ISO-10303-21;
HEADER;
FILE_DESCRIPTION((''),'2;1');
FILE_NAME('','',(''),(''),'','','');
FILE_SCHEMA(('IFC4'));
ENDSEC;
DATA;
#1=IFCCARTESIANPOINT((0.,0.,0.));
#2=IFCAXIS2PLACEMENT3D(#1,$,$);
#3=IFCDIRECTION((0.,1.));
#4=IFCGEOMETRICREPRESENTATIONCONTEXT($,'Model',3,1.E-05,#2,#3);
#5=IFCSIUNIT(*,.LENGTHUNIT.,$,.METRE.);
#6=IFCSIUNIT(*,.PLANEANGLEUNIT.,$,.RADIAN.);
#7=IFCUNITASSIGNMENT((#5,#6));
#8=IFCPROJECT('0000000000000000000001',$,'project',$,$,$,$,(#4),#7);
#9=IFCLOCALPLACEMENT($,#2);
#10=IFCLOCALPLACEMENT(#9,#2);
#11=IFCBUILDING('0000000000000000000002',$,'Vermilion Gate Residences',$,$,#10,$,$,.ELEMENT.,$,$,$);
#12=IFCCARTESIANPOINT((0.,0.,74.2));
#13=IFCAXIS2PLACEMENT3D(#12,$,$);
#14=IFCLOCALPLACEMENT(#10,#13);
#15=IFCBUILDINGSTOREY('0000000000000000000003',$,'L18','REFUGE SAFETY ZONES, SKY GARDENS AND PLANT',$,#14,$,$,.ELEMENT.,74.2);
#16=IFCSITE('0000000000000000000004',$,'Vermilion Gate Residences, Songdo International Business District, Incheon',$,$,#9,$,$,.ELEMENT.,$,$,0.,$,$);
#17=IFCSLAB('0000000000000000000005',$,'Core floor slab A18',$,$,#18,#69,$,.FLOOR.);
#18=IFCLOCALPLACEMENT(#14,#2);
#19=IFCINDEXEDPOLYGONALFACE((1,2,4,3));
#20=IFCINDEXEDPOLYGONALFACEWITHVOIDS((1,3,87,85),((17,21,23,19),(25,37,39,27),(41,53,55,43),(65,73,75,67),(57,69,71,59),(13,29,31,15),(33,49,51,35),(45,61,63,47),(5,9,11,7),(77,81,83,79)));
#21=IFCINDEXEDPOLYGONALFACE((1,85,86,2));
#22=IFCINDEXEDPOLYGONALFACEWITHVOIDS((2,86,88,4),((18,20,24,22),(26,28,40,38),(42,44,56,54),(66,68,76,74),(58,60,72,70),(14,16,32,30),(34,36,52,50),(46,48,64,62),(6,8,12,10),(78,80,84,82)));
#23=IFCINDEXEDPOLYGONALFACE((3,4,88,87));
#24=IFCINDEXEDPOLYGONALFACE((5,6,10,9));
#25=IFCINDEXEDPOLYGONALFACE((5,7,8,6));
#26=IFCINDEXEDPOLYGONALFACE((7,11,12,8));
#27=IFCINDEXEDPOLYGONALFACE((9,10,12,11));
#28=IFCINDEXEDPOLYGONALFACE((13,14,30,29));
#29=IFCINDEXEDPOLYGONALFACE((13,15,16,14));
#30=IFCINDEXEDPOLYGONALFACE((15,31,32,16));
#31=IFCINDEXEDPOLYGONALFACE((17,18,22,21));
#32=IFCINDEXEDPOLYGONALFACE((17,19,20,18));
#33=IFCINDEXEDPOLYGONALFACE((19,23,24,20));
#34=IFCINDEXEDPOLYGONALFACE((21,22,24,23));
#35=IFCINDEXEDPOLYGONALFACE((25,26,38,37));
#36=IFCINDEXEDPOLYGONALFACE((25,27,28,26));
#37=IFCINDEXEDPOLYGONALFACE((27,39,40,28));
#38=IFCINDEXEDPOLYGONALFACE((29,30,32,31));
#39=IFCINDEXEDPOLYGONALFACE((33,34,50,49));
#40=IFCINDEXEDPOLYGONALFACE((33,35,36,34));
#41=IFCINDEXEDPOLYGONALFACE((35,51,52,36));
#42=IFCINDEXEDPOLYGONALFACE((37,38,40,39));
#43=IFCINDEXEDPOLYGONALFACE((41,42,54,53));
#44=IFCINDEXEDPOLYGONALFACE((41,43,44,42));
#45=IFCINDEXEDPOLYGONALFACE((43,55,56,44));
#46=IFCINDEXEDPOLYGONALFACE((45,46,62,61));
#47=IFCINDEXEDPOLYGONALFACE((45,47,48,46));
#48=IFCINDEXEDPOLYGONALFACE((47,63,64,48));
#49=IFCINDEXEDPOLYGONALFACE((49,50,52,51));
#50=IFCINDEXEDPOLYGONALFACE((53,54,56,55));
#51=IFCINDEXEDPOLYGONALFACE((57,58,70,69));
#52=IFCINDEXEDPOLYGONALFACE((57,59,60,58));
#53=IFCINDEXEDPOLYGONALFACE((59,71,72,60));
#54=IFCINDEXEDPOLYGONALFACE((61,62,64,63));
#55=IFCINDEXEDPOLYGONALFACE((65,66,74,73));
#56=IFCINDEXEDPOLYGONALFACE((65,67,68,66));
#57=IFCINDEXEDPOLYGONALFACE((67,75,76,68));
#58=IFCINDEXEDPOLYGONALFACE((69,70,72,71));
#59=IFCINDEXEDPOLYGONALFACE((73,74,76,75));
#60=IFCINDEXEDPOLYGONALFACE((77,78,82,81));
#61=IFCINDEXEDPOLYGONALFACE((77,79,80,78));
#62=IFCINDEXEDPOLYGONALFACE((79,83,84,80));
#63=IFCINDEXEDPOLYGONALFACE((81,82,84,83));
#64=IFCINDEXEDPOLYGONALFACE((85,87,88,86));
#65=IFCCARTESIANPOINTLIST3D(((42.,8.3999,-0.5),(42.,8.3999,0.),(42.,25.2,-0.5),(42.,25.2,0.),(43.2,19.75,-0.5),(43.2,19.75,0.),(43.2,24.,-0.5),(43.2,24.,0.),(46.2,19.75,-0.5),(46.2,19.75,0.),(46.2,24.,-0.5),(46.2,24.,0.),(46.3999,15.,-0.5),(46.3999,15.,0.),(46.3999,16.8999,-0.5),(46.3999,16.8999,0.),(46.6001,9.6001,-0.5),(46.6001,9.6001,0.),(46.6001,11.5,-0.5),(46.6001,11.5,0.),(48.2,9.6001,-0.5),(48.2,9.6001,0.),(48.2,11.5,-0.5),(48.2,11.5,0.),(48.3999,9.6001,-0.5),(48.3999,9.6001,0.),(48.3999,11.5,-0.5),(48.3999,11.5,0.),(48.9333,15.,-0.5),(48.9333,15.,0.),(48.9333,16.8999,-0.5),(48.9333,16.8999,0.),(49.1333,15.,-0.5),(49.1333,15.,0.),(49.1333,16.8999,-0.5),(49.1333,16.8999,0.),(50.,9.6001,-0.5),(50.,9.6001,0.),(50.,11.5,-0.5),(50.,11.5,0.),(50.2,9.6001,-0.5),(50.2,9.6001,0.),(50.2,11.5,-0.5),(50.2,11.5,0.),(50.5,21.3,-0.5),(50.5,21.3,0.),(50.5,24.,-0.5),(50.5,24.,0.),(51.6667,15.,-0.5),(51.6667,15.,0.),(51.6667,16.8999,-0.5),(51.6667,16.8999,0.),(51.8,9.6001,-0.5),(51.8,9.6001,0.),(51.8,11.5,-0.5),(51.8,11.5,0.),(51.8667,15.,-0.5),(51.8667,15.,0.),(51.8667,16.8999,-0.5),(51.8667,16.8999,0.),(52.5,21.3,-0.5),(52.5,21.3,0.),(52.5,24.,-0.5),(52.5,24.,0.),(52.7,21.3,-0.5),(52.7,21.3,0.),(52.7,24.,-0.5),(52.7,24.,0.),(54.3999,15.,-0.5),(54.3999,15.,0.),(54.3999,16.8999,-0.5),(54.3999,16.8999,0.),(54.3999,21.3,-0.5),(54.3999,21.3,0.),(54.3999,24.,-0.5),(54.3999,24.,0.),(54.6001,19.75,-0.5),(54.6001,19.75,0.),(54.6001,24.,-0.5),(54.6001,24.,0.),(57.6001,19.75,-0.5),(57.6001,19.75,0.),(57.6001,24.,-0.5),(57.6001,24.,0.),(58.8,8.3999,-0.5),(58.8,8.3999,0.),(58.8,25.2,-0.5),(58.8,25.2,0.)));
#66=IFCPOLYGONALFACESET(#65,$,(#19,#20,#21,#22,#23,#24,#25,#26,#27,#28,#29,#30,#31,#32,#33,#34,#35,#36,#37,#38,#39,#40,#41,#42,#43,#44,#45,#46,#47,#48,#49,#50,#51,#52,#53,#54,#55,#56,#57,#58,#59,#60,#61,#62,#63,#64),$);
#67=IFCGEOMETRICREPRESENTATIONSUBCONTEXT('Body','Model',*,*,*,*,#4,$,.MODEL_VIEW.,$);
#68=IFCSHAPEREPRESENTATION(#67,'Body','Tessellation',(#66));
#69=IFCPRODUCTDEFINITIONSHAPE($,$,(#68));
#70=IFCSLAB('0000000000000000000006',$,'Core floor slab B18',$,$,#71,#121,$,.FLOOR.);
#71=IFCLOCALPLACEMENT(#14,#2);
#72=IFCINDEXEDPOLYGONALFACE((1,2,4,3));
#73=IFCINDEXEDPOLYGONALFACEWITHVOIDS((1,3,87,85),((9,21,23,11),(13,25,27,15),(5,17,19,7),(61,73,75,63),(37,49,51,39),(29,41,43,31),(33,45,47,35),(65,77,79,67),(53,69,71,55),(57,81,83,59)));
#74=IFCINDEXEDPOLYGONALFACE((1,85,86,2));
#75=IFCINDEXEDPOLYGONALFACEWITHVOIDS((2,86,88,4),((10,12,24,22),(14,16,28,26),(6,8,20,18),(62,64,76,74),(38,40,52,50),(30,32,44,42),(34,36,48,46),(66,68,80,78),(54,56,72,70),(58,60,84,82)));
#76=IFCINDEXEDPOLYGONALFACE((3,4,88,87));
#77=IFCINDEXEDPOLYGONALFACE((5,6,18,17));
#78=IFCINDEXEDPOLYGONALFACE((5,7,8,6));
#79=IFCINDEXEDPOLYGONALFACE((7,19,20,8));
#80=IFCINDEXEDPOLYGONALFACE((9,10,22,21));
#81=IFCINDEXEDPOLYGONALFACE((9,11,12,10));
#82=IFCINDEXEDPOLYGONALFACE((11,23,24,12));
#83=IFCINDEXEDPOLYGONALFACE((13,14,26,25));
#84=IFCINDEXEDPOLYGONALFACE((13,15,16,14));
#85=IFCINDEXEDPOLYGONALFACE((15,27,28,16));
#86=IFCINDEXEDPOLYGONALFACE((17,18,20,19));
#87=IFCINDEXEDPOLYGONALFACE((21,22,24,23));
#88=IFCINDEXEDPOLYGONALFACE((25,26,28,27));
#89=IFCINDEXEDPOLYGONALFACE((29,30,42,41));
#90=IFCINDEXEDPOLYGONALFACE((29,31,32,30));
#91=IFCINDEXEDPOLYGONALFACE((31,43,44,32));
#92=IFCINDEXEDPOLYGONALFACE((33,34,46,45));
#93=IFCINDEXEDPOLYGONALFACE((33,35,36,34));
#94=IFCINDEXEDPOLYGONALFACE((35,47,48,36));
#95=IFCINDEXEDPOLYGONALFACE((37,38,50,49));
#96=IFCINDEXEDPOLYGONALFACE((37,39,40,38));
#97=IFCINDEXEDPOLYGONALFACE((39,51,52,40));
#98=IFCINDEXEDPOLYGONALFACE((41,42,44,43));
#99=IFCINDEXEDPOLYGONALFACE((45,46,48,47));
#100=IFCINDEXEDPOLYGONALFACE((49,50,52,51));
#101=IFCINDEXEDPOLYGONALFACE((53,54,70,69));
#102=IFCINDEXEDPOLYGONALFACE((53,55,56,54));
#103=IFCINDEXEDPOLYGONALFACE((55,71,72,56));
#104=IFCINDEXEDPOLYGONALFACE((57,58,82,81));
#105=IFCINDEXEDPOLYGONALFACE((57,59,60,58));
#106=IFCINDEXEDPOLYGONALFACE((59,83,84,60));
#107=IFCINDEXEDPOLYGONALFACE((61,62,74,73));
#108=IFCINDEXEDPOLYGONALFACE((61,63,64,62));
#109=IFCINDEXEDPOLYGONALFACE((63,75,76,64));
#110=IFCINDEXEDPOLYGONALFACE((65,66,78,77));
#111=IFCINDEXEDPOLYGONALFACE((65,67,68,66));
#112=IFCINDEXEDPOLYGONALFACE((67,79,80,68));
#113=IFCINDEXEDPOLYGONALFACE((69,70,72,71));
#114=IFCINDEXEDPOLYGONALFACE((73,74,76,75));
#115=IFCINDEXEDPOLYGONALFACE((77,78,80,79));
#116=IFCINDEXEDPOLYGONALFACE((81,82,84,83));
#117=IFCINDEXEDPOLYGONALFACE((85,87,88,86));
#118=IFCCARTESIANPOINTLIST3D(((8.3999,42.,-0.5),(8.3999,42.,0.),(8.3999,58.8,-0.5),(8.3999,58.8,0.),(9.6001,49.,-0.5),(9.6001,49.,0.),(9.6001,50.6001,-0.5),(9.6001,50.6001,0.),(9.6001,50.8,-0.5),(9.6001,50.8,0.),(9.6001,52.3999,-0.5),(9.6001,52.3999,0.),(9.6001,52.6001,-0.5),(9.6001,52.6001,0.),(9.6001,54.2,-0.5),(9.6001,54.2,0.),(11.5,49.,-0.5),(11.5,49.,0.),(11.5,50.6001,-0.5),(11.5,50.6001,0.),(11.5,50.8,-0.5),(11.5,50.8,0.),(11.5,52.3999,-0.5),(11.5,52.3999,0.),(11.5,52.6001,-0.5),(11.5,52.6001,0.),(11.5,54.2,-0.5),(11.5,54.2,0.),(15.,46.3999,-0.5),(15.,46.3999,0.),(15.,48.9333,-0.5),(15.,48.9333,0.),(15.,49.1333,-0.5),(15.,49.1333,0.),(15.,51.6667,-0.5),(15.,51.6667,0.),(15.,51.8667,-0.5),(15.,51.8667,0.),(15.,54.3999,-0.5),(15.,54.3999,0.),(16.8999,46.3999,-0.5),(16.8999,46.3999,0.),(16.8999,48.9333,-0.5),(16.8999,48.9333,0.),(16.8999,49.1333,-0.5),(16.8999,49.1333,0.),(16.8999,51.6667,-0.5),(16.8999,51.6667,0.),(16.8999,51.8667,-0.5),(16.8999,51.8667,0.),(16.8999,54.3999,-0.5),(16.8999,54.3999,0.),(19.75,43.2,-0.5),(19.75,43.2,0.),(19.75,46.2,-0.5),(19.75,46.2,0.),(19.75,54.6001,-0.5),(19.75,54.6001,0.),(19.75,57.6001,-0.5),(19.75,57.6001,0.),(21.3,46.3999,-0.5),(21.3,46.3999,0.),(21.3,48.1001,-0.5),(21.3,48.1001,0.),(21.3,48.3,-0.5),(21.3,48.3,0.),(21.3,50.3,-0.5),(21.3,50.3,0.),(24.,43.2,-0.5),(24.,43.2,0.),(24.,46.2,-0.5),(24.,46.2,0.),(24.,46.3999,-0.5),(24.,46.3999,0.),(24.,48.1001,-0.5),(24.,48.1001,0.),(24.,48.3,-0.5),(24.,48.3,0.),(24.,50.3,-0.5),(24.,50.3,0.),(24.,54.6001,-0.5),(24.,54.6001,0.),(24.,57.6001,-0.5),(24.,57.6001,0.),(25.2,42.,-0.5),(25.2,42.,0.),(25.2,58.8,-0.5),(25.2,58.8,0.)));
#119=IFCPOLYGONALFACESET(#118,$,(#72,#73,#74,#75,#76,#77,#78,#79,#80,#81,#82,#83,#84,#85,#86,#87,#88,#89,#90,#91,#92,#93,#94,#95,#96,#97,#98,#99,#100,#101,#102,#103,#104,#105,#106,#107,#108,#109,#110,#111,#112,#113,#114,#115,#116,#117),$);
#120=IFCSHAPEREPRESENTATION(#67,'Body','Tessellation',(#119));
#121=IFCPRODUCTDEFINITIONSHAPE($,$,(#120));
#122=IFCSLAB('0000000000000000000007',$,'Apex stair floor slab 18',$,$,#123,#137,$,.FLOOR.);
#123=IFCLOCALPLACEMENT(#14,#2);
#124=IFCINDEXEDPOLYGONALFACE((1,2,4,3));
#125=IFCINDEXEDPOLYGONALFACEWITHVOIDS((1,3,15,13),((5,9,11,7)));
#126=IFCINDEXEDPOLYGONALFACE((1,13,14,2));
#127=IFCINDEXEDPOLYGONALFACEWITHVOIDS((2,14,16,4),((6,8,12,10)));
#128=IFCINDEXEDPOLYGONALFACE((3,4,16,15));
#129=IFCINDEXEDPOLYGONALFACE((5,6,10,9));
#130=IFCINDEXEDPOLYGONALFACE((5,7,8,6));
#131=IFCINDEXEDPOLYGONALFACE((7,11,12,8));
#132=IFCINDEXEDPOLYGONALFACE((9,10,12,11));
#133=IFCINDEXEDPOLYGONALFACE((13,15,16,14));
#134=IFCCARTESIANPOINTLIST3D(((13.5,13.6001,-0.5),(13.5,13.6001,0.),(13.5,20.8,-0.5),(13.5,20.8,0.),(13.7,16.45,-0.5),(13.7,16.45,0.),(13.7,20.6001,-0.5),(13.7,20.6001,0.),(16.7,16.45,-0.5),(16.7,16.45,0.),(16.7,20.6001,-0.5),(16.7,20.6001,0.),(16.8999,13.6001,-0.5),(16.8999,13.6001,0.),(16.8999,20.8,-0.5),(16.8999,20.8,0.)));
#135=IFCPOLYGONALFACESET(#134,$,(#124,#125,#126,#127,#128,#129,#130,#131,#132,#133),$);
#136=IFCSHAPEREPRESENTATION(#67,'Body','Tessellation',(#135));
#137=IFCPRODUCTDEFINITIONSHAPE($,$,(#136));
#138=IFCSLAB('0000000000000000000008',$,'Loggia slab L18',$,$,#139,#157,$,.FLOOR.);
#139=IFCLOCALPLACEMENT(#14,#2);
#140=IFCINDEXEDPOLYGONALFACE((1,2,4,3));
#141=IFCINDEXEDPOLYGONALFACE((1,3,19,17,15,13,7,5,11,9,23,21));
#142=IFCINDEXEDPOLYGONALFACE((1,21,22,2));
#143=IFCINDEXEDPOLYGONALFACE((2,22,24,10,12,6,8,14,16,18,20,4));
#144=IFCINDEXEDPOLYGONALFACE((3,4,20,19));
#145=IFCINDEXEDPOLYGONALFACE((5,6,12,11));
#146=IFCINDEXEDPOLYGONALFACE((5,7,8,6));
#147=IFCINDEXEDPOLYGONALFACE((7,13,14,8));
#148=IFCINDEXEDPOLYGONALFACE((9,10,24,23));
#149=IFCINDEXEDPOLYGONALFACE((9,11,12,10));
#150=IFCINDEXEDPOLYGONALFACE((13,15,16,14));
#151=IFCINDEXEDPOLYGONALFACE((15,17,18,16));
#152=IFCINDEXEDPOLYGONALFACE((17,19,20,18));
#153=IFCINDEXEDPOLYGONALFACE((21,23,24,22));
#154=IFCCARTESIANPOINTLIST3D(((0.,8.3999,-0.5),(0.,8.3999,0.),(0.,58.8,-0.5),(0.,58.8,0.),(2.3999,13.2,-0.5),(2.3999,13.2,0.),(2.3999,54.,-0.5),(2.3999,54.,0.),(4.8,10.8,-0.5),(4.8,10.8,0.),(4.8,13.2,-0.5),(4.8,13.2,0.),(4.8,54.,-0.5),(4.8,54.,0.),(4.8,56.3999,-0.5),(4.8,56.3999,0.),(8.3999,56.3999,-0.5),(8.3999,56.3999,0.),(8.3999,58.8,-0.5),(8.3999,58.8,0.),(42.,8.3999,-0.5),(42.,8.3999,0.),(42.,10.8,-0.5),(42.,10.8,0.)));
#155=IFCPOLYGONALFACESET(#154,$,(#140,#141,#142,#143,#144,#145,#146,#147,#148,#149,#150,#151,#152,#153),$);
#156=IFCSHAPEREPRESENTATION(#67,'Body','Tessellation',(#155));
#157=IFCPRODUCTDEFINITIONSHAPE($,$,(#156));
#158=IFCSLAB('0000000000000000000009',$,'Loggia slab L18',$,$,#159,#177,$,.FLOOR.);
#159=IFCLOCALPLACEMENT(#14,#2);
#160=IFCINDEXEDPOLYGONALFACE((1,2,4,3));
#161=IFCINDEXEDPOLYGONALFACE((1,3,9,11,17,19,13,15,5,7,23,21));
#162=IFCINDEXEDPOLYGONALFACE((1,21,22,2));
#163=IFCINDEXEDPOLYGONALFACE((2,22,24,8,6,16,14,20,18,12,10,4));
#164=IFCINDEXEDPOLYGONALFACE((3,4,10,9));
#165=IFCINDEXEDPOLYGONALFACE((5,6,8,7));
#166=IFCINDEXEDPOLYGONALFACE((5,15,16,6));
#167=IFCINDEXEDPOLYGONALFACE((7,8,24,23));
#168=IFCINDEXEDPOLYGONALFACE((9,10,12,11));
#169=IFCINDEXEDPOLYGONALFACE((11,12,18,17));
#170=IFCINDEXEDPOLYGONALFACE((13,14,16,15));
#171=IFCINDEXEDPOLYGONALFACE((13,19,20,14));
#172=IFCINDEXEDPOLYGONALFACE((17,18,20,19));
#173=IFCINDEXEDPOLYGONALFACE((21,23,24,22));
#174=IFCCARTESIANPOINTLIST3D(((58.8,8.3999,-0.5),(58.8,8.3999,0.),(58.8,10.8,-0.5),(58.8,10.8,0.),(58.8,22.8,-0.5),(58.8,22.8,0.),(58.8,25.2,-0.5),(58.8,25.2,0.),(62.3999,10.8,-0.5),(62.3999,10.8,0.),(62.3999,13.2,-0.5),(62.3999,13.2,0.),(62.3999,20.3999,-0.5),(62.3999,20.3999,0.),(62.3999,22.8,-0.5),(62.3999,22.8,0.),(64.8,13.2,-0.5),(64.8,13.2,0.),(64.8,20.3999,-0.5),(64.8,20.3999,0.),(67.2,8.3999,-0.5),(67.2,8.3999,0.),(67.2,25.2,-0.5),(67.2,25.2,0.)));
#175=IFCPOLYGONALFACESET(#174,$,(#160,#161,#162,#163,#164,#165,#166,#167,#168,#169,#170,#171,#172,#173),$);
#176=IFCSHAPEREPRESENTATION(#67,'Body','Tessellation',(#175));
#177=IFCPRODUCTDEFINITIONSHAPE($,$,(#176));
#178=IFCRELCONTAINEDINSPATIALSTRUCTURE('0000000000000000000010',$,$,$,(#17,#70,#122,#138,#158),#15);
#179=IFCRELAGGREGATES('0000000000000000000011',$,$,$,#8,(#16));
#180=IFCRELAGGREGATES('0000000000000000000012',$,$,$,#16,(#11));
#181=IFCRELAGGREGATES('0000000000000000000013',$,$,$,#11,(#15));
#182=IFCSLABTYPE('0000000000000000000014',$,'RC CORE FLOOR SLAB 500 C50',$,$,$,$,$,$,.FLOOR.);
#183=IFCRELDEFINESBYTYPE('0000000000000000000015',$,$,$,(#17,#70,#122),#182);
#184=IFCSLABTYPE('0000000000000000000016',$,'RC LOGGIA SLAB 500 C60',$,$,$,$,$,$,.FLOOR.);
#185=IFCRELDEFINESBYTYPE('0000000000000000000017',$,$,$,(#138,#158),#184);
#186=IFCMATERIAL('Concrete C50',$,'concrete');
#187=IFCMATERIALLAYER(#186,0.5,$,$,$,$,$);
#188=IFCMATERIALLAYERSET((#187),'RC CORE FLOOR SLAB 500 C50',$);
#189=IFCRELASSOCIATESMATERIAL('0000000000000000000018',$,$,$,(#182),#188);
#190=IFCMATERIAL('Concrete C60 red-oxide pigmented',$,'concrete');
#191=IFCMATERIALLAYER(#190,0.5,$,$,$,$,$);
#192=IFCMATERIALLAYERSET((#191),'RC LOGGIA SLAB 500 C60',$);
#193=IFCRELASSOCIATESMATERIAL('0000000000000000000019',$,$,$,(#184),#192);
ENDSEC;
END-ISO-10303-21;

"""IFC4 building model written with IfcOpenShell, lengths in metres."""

from ifc_helpers import new_model, si_unit, direction, frame, origin, place, context, subcontext, project, spatial, polyline, outline, extrude, material, layer, layer_set, type_object, element, save


model = new_model("IFC4")

# Units and contexts
model_context = context("Model", 3, precision=1e-05, world=origin(), true_north=direction((0.0, 1.0)))
body_context = subcontext(model_context, "Body", "Model", "MODEL_VIEW")
ifc_project = project(units=[si_unit("LENGTHUNIT", "METRE"), si_unit("PLANEANGLEUNIT", "RADIAN")], contexts=[model_context])

# Site, building, storey
site_placement = place(None, origin())
site = spatial("IfcSite", under=ifc_project, at=site_placement, Name="Vermilion Gate Residences, Songdo International Business District, Incheon", CompositionType="ELEMENT", RefElevation=0.0)
building_placement = place(site_placement, origin())
building = spatial("IfcBuilding", under=site, at=building_placement, Name="Vermilion Gate Residences", CompositionType="ELEMENT")
storey_placement = place(building_placement, frame((0.0, 0.0, 74.2)))
storey = spatial("IfcBuildingStorey", under=building, at=storey_placement, Name="L18", Description="REFUGE SAFETY ZONES, SKY GARDENS AND PLANT", CompositionType="ELEMENT", Elevation=74.2)

# Slabs
ifc_material_1 = material(Name="Concrete C50", Category="concrete")
ifc_layer_1 = layer(ifc_material_1, 0.5)
ifc_layer_set_1 = layer_set([ifc_layer_1], Name="RC CORE FLOOR SLAB 500 C50")
slab_type_1 = type_object("IfcSlabType", Name="RC CORE FLOOR SLAB 500 C50", PredefinedType="FLOOR", material=ifc_layer_set_1)
slab_1_placement = place(storey_placement, frame((0.0, 0.0, -0.5)))
element("IfcSlab", 1, at=slab_1_placement, inside=storey, type_object=slab_type_1, Name="Core floor slab A18", PredefinedType="FLOOR", context=body_context, shape_type="SweptSolid", body=[
    extrude(outline(polyline([(42.0, 8.3999), (58.8, 8.3999), (58.8, 25.2), (42.0, 25.2), (42.0, 8.3999)]), holes=[polyline([(46.6001, 11.5), (48.2, 11.5), (48.2, 9.6001), (46.6001, 9.6001), (46.6001, 11.5)]), polyline([(48.3999, 11.5), (50.0, 11.5), (50.0, 9.6001), (48.3999, 9.6001), (48.3999, 11.5)]), polyline([(50.2, 11.5), (51.8, 11.5), (51.8, 9.6001), (50.2, 9.6001), (50.2, 11.5)]), polyline([(48.9333, 16.8999), (48.9333, 15.0), (46.3999, 15.0), (46.3999, 16.8999), (48.9333, 16.8999)]), polyline([(51.6667, 16.8999), (51.6667, 15.0), (49.1333, 15.0), (49.1333, 16.8999), (51.6667, 16.8999)]), polyline([(51.8667, 16.8999), (54.3999, 16.8999), (54.3999, 15.0), (51.8667, 15.0), (51.8667, 16.8999)]), polyline([(43.2, 24.0), (46.2, 24.0), (46.2, 19.75), (43.2, 19.75), (43.2, 24.0)]), polyline([(54.6001, 24.0), (57.6001, 24.0), (57.6001, 19.75), (54.6001, 19.75), (54.6001, 24.0)]), polyline([(52.5, 24.0), (52.5, 21.3), (50.5, 21.3), (50.5, 24.0), (52.5, 24.0)]), polyline([(54.3999, 24.0), (54.3999, 21.3), (52.7, 21.3), (52.7, 24.0), (54.3999, 24.0)])]), origin(), (0.0, 0.0, 1.0), 0.5),
])
slab_2_placement = place(storey_placement, frame((0.0, 0.0, -0.5)))
element("IfcSlab", 2, at=slab_2_placement, inside=storey, type_object=slab_type_1, Name="Core floor slab B18", PredefinedType="FLOOR", context=body_context, shape_type="SweptSolid", body=[
    extrude(outline(polyline([(8.3999, 42.0), (25.2, 42.0), (25.2, 58.8), (8.3999, 58.8), (8.3999, 42.0)]), holes=[polyline([(19.75, 46.2), (24.0, 46.2), (24.0, 43.2), (19.75, 43.2), (19.75, 46.2)]), polyline([(21.3, 48.1001), (24.0, 48.1001), (24.0, 46.3999), (21.3, 46.3999), (21.3, 48.1001)]), polyline([(15.0, 48.9333), (16.8999, 48.9333), (16.8999, 46.3999), (15.0, 46.3999), (15.0, 48.9333)]), polyline([(24.0, 50.3), (24.0, 48.3), (21.3, 48.3), (21.3, 50.3), (24.0, 50.3)]), polyline([(11.5, 50.6001), (11.5, 49.0), (9.6001, 49.0), (9.6001, 50.6001), (11.5, 50.6001)]), polyline([(15.0, 51.6667), (16.8999, 51.6667), (16.8999, 49.1333), (15.0, 49.1333), (15.0, 51.6667)]), polyline([(9.6001, 52.3999), (11.5, 52.3999), (11.5, 50.8), (9.6001, 50.8), (9.6001, 52.3999)]), polyline([(15.0, 54.3999), (16.8999, 54.3999), (16.8999, 51.8667), (15.0, 51.8667), (15.0, 54.3999)]), polyline([(11.5, 54.2), (11.5, 52.6001), (9.6001, 52.6001), (9.6001, 54.2), (11.5, 54.2)]), polyline([(24.0, 57.6001), (24.0, 54.6001), (19.75, 54.6001), (19.75, 57.6001), (24.0, 57.6001)])]), origin(), (0.0, 0.0, 1.0), 0.5),
])
slab_3_placement = place(storey_placement, frame((0.0, 0.0, -0.5)))
element("IfcSlab", 3, at=slab_3_placement, inside=storey, type_object=slab_type_1, Name="Apex stair floor slab 18", PredefinedType="FLOOR", context=body_context, shape_type="SweptSolid", body=[
    extrude(outline(polyline([(13.5, 13.6001), (16.8999, 13.6001), (16.8999, 20.8), (13.5, 20.8), (13.5, 13.6001)]), holes=[polyline([(16.7, 20.6001), (16.7, 16.45), (13.7, 16.45), (13.7, 20.6001), (16.7, 20.6001)])]), origin(), (0.0, 0.0, 1.0), 0.5),
])
ifc_material_2 = material(Name="Concrete C60 red-oxide pigmented", Category="concrete")
ifc_layer_2 = layer(ifc_material_2, 0.5)
ifc_layer_set_2 = layer_set([ifc_layer_2], Name="RC LOGGIA SLAB 500 C60")
slab_type_2 = type_object("IfcSlabType", Name="RC LOGGIA SLAB 500 C60", PredefinedType="FLOOR", material=ifc_layer_set_2)
slab_4_placement = place(storey_placement, frame((0.0, 0.0, -0.5)))
element("IfcSlab", 4, at=slab_4_placement, inside=storey, type_object=slab_type_2, Name="Loggia slab L18", PredefinedType="FLOOR", context=body_context, shape_type="SweptSolid", body=[
    extrude(outline(polyline([(0.0, 58.8), (0.0, 8.3999), (42.0, 8.3999), (42.0, 10.8), (4.8, 10.8), (4.8, 13.2), (2.3999, 13.2), (2.3999, 54.0), (4.8, 54.0), (4.8, 56.3999), (8.3999, 56.3999), (8.3999, 58.8), (0.0, 58.8)])), origin(), (0.0, 0.0, 1.0), 0.5),
])
slab_5_placement = place(storey_placement, frame((0.0, 0.0, -0.5)))
element("IfcSlab", 5, at=slab_5_placement, inside=storey, type_object=slab_type_2, Name="Loggia slab L18", PredefinedType="FLOOR", context=body_context, shape_type="SweptSolid", body=[
    extrude(outline(polyline([(64.8, 20.3999), (64.8, 13.2), (62.3999, 13.2), (62.3999, 10.8), (58.8, 10.8), (58.8, 8.3999), (67.2, 8.3999), (67.2, 25.2), (58.8, 25.2), (58.8, 22.8), (62.3999, 22.8), (62.3999, 20.3999), (64.8, 20.3999)])), origin(), (0.0, 0.0, 1.0), 0.5),
])

save(model, "model.ifc")
